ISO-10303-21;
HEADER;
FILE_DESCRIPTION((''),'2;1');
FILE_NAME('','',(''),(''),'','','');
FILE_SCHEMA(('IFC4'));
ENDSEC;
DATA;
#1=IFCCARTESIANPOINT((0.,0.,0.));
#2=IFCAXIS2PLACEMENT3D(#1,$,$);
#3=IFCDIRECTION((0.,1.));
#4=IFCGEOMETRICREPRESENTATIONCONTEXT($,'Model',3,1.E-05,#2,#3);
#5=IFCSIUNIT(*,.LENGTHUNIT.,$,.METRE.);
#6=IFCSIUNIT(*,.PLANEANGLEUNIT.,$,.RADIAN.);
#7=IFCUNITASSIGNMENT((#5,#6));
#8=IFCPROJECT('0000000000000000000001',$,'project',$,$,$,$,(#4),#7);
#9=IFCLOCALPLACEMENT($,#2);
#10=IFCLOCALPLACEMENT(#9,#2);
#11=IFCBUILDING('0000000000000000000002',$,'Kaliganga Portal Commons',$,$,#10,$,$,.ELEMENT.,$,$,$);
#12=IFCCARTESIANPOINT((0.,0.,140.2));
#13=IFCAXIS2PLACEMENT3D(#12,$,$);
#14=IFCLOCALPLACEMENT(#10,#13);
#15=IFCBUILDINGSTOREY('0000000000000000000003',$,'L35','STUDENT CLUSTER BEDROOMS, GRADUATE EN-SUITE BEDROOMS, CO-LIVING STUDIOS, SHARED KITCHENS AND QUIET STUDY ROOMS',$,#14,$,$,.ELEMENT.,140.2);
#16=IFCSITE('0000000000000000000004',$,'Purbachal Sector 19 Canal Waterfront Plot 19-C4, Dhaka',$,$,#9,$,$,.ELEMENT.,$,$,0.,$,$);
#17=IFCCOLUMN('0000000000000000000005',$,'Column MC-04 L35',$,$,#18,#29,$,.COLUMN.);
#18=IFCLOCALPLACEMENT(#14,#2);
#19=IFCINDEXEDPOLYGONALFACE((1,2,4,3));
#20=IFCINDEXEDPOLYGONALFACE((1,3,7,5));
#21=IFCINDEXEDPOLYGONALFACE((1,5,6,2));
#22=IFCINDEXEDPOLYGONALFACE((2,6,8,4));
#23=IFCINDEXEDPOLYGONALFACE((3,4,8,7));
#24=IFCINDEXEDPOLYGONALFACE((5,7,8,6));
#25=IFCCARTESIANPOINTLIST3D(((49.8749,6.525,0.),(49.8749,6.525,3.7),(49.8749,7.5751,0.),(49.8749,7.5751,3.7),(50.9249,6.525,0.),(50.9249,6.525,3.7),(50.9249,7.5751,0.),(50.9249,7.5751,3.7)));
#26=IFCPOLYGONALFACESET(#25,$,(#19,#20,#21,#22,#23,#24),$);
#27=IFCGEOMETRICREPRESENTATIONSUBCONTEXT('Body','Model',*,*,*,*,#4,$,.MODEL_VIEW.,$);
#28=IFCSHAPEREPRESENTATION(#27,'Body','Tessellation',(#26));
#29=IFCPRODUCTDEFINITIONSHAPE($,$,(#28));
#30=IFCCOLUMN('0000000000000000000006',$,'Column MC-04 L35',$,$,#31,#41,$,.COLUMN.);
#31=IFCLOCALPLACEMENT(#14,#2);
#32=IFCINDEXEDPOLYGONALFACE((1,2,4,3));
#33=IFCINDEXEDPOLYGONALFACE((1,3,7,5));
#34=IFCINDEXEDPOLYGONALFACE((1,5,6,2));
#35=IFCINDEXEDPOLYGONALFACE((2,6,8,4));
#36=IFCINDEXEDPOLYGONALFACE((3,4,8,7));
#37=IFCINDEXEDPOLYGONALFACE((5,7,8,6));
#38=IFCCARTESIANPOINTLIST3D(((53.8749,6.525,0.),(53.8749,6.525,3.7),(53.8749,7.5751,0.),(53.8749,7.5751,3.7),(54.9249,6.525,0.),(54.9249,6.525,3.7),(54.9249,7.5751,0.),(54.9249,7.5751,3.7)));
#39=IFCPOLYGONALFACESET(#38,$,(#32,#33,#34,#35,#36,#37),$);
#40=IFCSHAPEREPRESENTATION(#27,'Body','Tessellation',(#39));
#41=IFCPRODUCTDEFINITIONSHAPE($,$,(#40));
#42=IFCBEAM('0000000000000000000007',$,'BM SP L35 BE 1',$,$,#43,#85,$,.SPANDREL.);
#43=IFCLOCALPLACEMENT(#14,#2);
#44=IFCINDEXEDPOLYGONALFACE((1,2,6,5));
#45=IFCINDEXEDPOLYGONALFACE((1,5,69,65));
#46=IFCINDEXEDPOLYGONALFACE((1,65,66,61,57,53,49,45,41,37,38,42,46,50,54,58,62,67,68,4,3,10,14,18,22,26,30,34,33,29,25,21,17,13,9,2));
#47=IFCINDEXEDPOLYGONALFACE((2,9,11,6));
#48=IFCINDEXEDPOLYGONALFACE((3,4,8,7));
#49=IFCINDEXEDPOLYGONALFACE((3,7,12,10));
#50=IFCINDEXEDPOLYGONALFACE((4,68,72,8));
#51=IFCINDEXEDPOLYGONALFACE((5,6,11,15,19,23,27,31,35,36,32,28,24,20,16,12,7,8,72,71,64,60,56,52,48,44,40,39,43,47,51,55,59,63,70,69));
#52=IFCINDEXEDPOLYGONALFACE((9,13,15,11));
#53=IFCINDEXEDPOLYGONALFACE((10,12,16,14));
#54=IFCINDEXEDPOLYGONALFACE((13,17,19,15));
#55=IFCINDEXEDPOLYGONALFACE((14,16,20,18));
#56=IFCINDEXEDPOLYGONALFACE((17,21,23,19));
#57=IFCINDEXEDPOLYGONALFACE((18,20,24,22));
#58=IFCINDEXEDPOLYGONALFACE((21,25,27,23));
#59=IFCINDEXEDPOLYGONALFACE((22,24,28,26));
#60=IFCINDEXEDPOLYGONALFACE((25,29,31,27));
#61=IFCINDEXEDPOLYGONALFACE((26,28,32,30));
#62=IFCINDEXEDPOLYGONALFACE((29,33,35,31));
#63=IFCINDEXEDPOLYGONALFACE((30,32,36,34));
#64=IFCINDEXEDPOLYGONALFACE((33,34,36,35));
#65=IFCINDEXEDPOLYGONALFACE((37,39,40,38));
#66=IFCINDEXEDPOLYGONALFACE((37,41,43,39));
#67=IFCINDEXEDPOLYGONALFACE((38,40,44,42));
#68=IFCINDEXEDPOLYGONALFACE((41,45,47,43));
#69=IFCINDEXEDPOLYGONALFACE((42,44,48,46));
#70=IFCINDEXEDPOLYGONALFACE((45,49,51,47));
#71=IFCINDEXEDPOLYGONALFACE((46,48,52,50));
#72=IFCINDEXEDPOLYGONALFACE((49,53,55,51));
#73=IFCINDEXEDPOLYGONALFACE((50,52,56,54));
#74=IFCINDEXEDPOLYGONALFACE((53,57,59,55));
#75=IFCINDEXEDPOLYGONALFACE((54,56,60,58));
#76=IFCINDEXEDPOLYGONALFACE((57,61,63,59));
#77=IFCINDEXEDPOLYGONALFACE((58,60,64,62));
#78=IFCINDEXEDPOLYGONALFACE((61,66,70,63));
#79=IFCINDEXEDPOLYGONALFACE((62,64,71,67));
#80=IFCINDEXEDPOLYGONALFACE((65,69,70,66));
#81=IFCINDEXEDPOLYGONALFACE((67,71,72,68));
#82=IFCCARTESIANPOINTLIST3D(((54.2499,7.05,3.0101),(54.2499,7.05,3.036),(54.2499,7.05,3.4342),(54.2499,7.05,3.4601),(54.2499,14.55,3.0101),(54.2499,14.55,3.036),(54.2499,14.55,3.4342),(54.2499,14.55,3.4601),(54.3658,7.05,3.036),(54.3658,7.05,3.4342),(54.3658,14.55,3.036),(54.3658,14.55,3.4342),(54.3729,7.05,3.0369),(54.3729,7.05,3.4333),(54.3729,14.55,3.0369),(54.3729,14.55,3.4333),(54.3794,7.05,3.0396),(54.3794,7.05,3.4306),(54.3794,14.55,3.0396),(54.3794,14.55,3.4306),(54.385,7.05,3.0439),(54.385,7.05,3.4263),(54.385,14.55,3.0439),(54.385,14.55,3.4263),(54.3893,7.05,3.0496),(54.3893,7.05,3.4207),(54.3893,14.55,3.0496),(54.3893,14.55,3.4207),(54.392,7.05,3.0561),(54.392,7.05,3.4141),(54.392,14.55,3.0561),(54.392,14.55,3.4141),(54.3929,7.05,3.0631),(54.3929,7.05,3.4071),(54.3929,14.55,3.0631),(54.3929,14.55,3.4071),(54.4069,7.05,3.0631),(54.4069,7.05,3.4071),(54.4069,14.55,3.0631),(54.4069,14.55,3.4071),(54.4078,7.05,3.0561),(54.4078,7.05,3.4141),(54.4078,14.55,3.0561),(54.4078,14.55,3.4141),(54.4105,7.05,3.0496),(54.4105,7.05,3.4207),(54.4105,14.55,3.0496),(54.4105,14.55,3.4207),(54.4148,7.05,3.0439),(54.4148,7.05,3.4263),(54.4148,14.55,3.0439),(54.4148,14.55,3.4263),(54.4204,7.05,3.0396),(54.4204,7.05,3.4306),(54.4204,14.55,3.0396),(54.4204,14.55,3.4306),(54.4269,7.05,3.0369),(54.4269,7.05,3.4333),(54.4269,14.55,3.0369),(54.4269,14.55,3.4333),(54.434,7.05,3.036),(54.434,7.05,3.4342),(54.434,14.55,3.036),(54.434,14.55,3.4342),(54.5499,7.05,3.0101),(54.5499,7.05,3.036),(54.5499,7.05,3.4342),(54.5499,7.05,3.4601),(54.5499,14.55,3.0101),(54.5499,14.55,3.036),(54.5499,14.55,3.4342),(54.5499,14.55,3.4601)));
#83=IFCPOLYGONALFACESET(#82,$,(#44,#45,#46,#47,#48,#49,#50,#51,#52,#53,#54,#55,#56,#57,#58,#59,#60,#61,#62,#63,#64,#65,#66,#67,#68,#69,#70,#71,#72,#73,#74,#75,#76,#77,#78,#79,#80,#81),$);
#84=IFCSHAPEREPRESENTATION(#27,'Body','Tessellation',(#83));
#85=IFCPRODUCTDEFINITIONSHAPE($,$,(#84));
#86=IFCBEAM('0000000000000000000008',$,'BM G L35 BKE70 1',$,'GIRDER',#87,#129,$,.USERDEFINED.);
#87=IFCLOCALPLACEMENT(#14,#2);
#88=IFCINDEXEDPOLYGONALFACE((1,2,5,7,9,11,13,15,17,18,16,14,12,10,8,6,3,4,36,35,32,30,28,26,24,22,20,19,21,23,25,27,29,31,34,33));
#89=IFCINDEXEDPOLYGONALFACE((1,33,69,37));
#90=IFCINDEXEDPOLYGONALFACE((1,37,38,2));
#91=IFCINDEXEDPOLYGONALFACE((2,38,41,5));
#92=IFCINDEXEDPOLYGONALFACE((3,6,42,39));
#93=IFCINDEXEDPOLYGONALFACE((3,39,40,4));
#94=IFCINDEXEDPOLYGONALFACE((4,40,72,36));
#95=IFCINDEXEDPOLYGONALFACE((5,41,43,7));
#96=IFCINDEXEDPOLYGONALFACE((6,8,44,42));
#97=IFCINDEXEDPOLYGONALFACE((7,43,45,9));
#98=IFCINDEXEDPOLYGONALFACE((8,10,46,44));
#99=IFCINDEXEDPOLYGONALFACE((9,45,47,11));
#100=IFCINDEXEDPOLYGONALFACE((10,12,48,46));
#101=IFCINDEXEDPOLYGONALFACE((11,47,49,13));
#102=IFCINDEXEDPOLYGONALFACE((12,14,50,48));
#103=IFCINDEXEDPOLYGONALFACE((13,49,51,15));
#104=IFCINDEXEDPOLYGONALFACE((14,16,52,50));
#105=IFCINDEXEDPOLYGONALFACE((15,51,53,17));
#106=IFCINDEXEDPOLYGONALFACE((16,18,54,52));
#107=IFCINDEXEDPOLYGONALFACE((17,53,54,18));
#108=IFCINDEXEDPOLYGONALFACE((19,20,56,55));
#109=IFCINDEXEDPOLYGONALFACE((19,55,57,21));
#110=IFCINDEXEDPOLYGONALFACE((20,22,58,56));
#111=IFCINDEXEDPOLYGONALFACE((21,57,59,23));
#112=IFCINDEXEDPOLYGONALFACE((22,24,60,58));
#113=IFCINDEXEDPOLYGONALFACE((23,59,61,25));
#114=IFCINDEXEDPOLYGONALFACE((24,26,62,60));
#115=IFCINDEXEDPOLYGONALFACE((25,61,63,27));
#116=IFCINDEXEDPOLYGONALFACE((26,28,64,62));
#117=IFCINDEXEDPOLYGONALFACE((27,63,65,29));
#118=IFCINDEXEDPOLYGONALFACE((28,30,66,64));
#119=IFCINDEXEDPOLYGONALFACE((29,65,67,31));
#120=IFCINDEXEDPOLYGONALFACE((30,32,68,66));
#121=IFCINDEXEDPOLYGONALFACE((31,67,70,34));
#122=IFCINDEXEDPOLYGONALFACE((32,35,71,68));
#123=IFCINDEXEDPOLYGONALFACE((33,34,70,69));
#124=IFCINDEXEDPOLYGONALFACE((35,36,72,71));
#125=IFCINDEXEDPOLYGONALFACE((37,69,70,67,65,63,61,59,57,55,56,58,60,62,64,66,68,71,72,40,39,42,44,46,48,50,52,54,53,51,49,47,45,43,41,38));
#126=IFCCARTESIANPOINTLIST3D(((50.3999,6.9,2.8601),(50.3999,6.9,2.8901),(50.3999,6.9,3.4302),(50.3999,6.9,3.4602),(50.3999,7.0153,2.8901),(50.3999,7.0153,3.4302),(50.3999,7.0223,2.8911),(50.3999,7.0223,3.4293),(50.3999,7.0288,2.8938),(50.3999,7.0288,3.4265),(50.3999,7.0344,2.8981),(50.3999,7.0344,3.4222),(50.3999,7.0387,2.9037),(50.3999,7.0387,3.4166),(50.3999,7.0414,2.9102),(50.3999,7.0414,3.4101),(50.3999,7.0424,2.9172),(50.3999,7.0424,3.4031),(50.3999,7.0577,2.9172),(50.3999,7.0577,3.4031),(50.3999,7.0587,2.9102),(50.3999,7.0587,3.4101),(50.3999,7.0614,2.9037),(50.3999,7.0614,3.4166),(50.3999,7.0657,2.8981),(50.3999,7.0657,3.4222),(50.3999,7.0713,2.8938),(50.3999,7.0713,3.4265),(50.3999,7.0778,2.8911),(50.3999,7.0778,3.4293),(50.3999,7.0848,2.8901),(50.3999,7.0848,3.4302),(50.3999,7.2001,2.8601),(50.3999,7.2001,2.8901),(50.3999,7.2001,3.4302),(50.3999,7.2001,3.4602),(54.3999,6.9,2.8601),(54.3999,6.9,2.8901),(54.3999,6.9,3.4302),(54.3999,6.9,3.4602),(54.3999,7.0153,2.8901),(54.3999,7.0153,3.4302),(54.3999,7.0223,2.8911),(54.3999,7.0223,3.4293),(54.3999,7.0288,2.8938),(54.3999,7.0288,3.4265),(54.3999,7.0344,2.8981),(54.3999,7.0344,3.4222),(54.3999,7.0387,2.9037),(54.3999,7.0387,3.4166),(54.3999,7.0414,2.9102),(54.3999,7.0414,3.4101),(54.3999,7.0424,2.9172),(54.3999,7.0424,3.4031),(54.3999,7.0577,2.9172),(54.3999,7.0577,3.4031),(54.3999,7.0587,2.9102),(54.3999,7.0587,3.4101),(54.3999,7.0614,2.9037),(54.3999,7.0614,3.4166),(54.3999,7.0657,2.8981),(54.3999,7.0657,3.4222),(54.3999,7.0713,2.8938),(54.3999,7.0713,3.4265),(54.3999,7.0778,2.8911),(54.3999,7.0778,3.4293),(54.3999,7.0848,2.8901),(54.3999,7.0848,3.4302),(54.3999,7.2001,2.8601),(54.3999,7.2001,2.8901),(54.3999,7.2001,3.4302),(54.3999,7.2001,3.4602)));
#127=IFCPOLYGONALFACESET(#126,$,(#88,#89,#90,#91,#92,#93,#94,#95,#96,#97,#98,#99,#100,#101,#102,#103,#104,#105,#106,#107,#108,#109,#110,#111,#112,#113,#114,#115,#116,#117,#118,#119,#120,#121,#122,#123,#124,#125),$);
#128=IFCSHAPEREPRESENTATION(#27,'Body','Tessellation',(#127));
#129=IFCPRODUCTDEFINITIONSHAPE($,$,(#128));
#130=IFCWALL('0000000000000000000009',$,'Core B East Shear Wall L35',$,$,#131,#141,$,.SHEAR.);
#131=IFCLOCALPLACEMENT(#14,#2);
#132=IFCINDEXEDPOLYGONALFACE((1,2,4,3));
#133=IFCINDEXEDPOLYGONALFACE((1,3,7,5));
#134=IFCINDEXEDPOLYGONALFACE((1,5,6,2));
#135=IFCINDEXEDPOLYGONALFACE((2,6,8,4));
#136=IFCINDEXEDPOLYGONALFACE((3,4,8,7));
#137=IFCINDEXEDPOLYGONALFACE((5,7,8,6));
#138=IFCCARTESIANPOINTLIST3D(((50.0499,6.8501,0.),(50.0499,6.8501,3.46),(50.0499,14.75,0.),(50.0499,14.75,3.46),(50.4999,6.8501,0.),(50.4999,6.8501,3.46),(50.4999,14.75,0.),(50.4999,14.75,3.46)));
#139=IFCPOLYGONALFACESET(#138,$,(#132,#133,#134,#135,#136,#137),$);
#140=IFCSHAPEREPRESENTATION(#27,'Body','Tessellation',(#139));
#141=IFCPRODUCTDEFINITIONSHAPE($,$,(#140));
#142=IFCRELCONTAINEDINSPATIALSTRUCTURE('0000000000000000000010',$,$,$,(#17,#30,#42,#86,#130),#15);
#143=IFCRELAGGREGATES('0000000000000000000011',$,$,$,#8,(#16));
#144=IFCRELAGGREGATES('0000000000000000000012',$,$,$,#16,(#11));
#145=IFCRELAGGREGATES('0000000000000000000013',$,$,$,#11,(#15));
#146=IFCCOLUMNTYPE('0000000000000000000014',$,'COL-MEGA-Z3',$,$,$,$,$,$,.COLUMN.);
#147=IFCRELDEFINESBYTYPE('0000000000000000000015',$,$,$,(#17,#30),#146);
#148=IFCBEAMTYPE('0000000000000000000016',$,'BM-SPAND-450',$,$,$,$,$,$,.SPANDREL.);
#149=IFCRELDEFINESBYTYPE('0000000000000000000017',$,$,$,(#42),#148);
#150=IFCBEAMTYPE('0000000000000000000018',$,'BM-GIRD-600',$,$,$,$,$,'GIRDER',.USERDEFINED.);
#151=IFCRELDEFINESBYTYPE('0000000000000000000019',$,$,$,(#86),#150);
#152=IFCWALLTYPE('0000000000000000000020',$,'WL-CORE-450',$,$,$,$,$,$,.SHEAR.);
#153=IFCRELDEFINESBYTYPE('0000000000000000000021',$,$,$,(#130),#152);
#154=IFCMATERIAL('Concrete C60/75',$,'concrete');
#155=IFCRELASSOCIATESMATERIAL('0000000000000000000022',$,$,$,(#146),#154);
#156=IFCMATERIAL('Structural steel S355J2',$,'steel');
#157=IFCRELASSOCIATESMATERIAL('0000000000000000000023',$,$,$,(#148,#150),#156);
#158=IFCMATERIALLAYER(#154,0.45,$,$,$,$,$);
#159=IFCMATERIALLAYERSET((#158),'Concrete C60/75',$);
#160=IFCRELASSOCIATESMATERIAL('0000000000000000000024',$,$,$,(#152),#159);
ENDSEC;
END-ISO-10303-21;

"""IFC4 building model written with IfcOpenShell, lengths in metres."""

from ifc_helpers import new_model, si_unit, direction, frame, frame_2d, origin, origin_2d, place, context, subcontext, project, spatial, rectangle, i_section, extrude, source, transform, mapped, material, layer, layer_set, material_profile, profile_set, type_object, element, save


model = new_model("IFC4")

# Units and contexts
model_context = context("Model", 3, precision=1e-05, world=origin(), true_north=direction((0.0, 1.0)))
body_context = subcontext(model_context, "Body", "Model", "MODEL_VIEW")
ifc_project = project(units=[si_unit("LENGTHUNIT", "METRE"), si_unit("PLANEANGLEUNIT", "RADIAN")], contexts=[model_context])

# Site, building, storey
site_placement = place(None, origin())
site = spatial("IfcSite", under=ifc_project, at=site_placement, Name="Purbachal Sector 19 Canal Waterfront Plot 19-C4, Dhaka", CompositionType="ELEMENT", RefElevation=0.0)
building_placement = place(site_placement, origin())
building = spatial("IfcBuilding", under=site, at=building_placement, Name="Kaliganga Portal Commons", CompositionType="ELEMENT")
storey_placement = place(building_placement, frame((0.0, 0.0, 140.2)))
storey = spatial("IfcBuildingStorey", under=building, at=storey_placement, Name="L35", Description="STUDENT CLUSTER BEDROOMS, GRADUATE EN-SUITE BEDROOMS, CO-LIVING STUDIOS, SHARED KITCHENS AND QUIET STUDY ROOMS", CompositionType="ELEMENT", Elevation=140.2)

# Columns
ifc_material_1 = material(Name="Concrete C60/75", Category="concrete")
ifc_material_profile_1 = material_profile(ifc_material_1, rectangle(XDim=1.05, YDim=1.05, at=origin_2d()), Name="RC 1050x1050")
ifc_profile_set_1 = profile_set([ifc_material_profile_1], Name="Concrete C60/75")
column_type = type_object("IfcColumnType", Name="COL-MEGA-Z3", PredefinedType="COLUMN", material=ifc_profile_set_1)
shared_shape_1 = source(origin(), body_context, "Body", "SweptSolid", [
    extrude(rectangle(XDim=1.05, YDim=1.05, at=origin_2d()), origin(), (0.0, 0.0, 1.0), 3.7),
])
for number, where, z_axis, x_axis, name in (
    (1, (50.3999, 7.05, 0.0), (0.0, 0.0, 1.0), (1.0, 0.0, 0.0), "Column MC-04 L35"),
    (2, (54.3999, 7.05, 0.0), (0.0, 0.0, 1.0), (1.0, 0.0, 0.0), "Column MC-04 L35"),
):
    element("IfcColumn", number, at=place(storey_placement, frame(where, z_axis=z_axis, x_axis=x_axis)), inside=storey, type_object=column_type, Name=name, PredefinedType="COLUMN", context=body_context, shape_type="MappedRepresentation", body=[
        mapped(shared_shape_1, transform((0.0, 0.0, 0.0), x_axis=(1.0, 0.0, 0.0), y_axis=(0.0, 1.0, 0.0), z_axis=(0.0, 0.0, 1.0), scale=1.0)),
    ])

# Beams
ifc_material_2 = material(Name="Structural steel S355J2", Category="steel")
ifc_material_profile_2 = material_profile(ifc_material_2, i_section(OverallWidth=0.3, OverallDepth=0.45, WebThickness=0.0139, FlangeThickness=0.0259, FilletRadius=0.0271, at=origin_2d()), Name="HE 450 B")
ifc_profile_set_2 = profile_set([ifc_material_profile_2], Name="Structural steel S355J2 wide-flange")
beam_type_1 = type_object("IfcBeamType", Name="BM-SPAND-450", PredefinedType="SPANDREL", material=ifc_profile_set_2)
shared_shape_2 = source(origin(), body_context, "Body", "SweptSolid", [
    extrude(i_section(OverallWidth=0.3, OverallDepth=0.45, WebThickness=0.0139, FlangeThickness=0.0259, FilletRadius=0.0271, at=origin_2d()), origin(), (0.0, 0.0, 1.0), 7.5),
])
beam_1_placement = place(storey_placement, frame((54.3999, 7.05, 3.2351), z_axis=(0.0, 1.0, 0.0), x_axis=(-1.0, 0.0, 0.0)))
element("IfcBeam", 3, at=beam_1_placement, inside=storey, type_object=beam_type_1, Name="BM SP L35 BE 1", PredefinedType="SPANDREL", context=body_context, shape_type="MappedRepresentation", body=[
    mapped(shared_shape_2, transform((0.0, 0.0, 0.0), x_axis=(1.0, 0.0, 0.0), y_axis=(0.0, 1.0, 0.0), z_axis=(0.0, 0.0, 1.0), scale=1.0)),
])
ifc_material_profile_3 = material_profile(ifc_material_2, i_section(OverallWidth=0.3, OverallDepth=0.6001, WebThickness=0.0154, FlangeThickness=0.03, FilletRadius=0.0271, at=origin_2d()), Name="HE 600 B")
ifc_profile_set_3 = profile_set([ifc_material_profile_3], Name="Structural steel S355J2 wide-flange")
beam_type_2 = type_object("IfcBeamType", Name="BM-GIRD-600", ElementType="GIRDER", PredefinedType="USERDEFINED", material=ifc_profile_set_3)
shared_shape_3 = source(origin(), body_context, "Body", "SweptSolid", [
    extrude(i_section(OverallWidth=0.3, OverallDepth=0.6001, WebThickness=0.0154, FlangeThickness=0.03, FilletRadius=0.0271, at=origin_2d()), origin(), (0.0, 0.0, 1.0), 4.0),
])
beam_2_placement = place(storey_placement, frame((50.3999, 7.05, 3.1602), z_axis=(1.0, 0.0, 0.0), x_axis=(0.0, 1.0, 0.0)))
element("IfcBeam", 4, at=beam_2_placement, inside=storey, type_object=beam_type_2, Name="BM G L35 BKE70 1", ObjectType="GIRDER", PredefinedType="USERDEFINED", context=body_context, shape_type="MappedRepresentation", body=[
    mapped(shared_shape_3, transform((0.0, 0.0, 0.0), x_axis=(1.0, 0.0, 0.0), y_axis=(0.0, 1.0, 0.0), z_axis=(0.0, 0.0, 1.0), scale=1.0)),
])

# Wall
ifc_layer_1 = layer(ifc_material_1, 0.45)
ifc_layer_set_1 = layer_set([ifc_layer_1], Name="Concrete C60/75")
wall_type_1 = type_object("IfcWallType", Name="WL-CORE-450", PredefinedType="SHEAR", material=ifc_layer_set_1)
wall_1_placement = place(storey_placement, frame((50.2749, 6.8501, 0.0), z_axis=(0.0, 0.0, 1.0), x_axis=(0.0, 1.0, 0.0)))
element("IfcWall", 5, at=wall_1_placement, inside=storey, type_object=wall_type_1, Name="Core B East Shear Wall L35", PredefinedType="SHEAR", context=body_context, shape_type="SweptSolid", body=[
    extrude(rectangle(XDim=7.8999, YDim=0.45, at=frame_2d((3.95, 0.0))), origin(), (0.0, 0.0, 1.0), 3.46),
])

save(model, "model.ifc")
